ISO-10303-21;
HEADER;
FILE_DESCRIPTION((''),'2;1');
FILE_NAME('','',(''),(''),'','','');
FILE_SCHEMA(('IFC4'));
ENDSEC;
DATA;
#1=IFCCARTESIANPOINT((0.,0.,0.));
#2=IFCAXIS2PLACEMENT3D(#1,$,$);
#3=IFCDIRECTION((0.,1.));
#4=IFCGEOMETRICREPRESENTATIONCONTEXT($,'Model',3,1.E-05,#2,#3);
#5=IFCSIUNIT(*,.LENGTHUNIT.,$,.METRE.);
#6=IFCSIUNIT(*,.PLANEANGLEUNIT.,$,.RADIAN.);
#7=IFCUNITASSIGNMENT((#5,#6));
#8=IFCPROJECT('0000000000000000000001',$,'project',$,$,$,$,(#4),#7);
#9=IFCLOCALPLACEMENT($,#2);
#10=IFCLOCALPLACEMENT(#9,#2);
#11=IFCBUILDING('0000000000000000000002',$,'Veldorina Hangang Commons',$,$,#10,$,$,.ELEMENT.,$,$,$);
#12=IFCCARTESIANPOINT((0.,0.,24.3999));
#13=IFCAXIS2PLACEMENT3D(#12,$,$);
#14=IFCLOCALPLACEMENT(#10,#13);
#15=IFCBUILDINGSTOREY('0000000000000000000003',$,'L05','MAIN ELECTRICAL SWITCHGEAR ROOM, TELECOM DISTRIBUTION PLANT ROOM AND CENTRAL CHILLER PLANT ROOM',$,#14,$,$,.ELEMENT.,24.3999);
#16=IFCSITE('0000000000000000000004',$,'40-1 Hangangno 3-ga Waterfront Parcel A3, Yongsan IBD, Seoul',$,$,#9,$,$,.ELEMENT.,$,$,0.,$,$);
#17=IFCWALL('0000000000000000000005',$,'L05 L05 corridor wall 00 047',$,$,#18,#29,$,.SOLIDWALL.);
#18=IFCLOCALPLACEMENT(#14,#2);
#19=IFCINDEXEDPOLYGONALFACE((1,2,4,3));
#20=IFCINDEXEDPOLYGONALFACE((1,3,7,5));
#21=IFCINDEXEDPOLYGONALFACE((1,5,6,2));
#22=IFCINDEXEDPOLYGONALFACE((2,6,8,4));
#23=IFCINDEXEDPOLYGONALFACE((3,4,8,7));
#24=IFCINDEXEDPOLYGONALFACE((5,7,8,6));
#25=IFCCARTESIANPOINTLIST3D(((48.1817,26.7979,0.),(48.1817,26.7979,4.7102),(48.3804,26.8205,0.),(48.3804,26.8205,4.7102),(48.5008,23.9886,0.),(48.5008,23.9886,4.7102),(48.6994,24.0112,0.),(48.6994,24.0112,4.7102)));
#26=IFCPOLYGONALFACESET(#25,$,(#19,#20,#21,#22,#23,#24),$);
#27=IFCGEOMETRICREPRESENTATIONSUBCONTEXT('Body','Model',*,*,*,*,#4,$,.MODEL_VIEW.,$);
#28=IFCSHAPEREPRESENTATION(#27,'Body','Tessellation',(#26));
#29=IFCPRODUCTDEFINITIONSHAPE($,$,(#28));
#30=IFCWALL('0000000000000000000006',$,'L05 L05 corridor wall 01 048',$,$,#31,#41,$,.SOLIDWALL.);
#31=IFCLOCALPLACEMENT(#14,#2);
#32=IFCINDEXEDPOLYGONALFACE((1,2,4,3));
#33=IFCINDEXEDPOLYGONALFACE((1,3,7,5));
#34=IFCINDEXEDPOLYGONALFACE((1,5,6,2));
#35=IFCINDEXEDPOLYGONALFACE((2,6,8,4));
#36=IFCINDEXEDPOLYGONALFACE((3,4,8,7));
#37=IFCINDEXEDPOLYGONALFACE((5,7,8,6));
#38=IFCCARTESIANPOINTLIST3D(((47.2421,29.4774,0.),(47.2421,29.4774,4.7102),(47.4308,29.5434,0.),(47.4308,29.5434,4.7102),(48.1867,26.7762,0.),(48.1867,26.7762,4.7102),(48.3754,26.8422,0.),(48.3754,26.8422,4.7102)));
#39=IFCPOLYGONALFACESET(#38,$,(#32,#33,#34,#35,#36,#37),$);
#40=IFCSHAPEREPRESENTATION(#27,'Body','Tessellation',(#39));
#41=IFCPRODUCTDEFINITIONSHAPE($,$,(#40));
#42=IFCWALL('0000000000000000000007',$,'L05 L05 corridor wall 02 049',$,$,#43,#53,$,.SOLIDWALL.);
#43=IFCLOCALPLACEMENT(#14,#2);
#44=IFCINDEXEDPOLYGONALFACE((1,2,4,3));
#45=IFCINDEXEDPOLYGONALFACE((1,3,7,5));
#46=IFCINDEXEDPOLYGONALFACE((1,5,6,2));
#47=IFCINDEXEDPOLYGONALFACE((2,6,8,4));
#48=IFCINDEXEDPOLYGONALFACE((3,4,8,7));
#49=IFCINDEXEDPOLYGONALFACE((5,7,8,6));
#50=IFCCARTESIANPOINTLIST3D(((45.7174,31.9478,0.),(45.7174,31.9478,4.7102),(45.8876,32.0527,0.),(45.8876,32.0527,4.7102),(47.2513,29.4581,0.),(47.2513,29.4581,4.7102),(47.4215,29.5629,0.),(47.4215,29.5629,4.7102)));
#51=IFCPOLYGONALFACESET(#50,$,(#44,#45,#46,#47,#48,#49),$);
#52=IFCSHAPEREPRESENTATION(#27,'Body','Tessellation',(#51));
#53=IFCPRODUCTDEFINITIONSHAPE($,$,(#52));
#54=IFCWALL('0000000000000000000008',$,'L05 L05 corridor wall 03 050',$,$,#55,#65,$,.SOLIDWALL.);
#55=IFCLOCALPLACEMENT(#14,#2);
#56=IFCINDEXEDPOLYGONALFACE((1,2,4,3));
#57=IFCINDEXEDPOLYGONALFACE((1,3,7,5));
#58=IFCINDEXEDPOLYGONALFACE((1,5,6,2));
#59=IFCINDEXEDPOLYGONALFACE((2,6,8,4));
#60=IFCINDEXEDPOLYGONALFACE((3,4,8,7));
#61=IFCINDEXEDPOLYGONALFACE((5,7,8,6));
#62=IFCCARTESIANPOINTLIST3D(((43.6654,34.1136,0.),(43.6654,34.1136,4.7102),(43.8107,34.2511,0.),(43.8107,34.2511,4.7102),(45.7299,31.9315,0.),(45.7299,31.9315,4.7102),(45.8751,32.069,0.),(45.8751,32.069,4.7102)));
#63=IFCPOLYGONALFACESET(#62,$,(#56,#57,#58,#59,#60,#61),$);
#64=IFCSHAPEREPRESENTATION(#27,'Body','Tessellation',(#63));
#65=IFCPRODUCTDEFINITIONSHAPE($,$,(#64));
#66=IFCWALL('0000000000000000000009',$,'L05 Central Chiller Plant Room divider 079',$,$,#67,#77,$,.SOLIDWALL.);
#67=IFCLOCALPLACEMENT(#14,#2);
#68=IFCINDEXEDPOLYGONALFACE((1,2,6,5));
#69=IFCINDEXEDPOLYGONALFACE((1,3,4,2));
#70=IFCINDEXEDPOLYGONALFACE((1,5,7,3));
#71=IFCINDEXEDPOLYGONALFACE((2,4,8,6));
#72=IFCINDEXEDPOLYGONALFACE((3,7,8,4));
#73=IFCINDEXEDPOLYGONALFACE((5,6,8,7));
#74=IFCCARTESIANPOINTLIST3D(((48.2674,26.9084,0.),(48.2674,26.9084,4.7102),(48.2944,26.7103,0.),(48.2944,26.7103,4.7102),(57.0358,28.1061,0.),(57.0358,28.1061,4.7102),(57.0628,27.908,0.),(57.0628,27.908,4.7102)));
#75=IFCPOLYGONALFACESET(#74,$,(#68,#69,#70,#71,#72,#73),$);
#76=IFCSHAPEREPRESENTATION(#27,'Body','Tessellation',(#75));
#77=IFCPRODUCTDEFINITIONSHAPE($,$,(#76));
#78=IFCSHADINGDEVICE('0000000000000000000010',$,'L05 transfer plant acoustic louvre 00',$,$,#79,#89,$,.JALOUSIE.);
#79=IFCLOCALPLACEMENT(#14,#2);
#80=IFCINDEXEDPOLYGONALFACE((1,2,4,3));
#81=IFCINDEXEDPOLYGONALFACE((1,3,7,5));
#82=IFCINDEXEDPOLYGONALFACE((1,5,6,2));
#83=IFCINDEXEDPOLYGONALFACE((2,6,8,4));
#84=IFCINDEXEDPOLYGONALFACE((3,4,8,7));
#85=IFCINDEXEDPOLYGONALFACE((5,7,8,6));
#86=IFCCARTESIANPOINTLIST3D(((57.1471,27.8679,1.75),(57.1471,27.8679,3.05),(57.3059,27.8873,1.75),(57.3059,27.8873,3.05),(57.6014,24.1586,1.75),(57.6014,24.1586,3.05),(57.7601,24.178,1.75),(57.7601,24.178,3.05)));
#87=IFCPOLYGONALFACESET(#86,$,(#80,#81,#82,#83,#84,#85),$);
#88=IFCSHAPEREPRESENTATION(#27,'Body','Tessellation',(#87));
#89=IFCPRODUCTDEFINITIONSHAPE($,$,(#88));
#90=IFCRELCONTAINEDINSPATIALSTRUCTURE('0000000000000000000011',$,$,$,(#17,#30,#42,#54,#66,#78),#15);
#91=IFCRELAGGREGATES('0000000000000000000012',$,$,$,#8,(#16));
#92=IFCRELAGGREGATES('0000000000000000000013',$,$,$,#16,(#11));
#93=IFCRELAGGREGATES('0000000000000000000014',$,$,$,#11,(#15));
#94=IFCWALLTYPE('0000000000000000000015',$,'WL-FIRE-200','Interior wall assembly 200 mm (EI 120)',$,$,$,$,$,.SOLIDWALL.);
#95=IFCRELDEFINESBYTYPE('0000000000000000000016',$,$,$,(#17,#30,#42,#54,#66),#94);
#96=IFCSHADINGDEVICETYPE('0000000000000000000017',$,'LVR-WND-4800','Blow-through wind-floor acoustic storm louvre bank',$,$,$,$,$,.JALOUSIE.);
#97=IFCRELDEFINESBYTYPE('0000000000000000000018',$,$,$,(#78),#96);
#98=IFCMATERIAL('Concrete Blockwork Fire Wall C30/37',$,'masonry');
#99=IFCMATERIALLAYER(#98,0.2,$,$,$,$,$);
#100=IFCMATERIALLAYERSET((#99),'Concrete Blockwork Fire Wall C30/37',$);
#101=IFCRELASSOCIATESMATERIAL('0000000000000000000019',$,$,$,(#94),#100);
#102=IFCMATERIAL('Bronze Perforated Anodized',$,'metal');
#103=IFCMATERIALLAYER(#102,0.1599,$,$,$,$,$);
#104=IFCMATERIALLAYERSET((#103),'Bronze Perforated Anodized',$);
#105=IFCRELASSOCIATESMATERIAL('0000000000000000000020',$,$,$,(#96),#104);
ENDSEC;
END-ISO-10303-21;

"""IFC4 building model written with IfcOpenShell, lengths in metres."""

from ifc_helpers import new_model, si_unit, direction, frame, frame_2d, origin, origin_2d, place, context, subcontext, project, spatial, rectangle, extrude, material, layer, layer_set, type_object, element, save


model = new_model("IFC4")

# Units and contexts
model_context = context("Model", 3, precision=1e-05, world=origin(), true_north=direction((0.0, 1.0)))
body_context = subcontext(model_context, "Body", "Model", "MODEL_VIEW")
ifc_project = project(units=[si_unit("LENGTHUNIT", "METRE"), si_unit("PLANEANGLEUNIT", "RADIAN")], contexts=[model_context])

# Site, building, storey
site_placement = place(None, origin())
site = spatial("IfcSite", under=ifc_project, at=site_placement, Name="40-1 Hangangno 3-ga Waterfront Parcel A3, Yongsan IBD, Seoul", CompositionType="ELEMENT", RefElevation=0.0)
building_placement = place(site_placement, origin())
building = spatial("IfcBuilding", under=site, at=building_placement, Name="Veldorina Hangang Commons", CompositionType="ELEMENT")
storey_placement = place(building_placement, frame((0.0, 0.0, 24.3999)))
storey = spatial("IfcBuildingStorey", under=building, at=storey_placement, Name="L05", Description="MAIN ELECTRICAL SWITCHGEAR ROOM, TELECOM DISTRIBUTION PLANT ROOM AND CENTRAL CHILLER PLANT ROOM", CompositionType="ELEMENT", Elevation=24.3999)

# Shared definitions
ifc_material_1 = material(Name="Concrete Blockwork Fire Wall C30/37", Category="masonry")
ifc_layer_1 = layer(ifc_material_1, 0.2)
ifc_layer_set_1 = layer_set([ifc_layer_1], Name="Concrete Blockwork Fire Wall C30/37")
wall_type_1 = type_object("IfcWallType", Name="WL-FIRE-200", Description="Interior wall assembly 200 mm (EI 120)", PredefinedType="SOLIDWALL", material=ifc_layer_set_1)

# Walls
wall_1_placement = place(storey_placement, frame((48.6001, 24.0, 0.0), z_axis=(0.0, 0.0, 1.0), x_axis=(-0.112857, 0.993611, 0.0)))
element("IfcWall", 1, at=wall_1_placement, inside=storey, type_object=wall_type_1, Name="L05 L05 corridor wall 00 047", PredefinedType="SOLIDWALL", context=body_context, shape_type="SweptSolid", body=[
    extrude(rectangle(XDim=2.8274, YDim=0.2, at=frame_2d((1.4136, 0.0))), origin(), (0.0, 0.0, 1.0), 4.7102),
])
wall_2_placement = place(storey_placement, frame((48.281, 26.8093, 0.0), z_axis=(0.0, 0.0, 1.0), x_axis=(-0.330092, 0.943949, 0.0)))
element("IfcWall", 2, at=wall_2_placement, inside=storey, type_object=wall_type_1, Name="L05 L05 corridor wall 01 048", PredefinedType="SOLIDWALL", context=body_context, shape_type="SweptSolid", body=[
    extrude(rectangle(XDim=2.8616, YDim=0.2, at=frame_2d((1.4307, 0.0))), origin(), (0.0, 0.0, 1.0), 4.7102),
])
wall_3_placement = place(storey_placement, frame((47.3364, 29.5105, 0.0), z_axis=(0.0, 0.0, 1.0), x_axis=(-0.52454, 0.851386, 0.0)))
element("IfcWall", 3, at=wall_3_placement, inside=storey, type_object=wall_type_1, Name="L05 L05 corridor wall 02 049", PredefinedType="SOLIDWALL", context=body_context, shape_type="SweptSolid", body=[
    extrude(rectangle(XDim=2.9243, YDim=0.2, at=frame_2d((1.4622, 0.0))), origin(), (0.0, 0.0, 1.0), 4.7102),
])
wall_4_placement = place(storey_placement, frame((45.8025, 32.0002, 0.0), z_axis=(0.0, 0.0, 1.0), x_axis=(-0.687249, 0.726422, 0.0)))
element("IfcWall", 4, at=wall_4_placement, inside=storey, type_object=wall_type_1, Name="L05 L05 corridor wall 03 050", PredefinedType="SOLIDWALL", context=body_context, shape_type="SweptSolid", body=[
    extrude(rectangle(XDim=3.0039, YDim=0.2, at=frame_2d((1.502, 0.0))), origin(), (0.0, 0.0, 1.0), 4.7102),
])
wall_5_placement = place(storey_placement, frame((48.281, 26.8093, 0.0), z_axis=(0.0, 0.0, 1.0), x_axis=(0.990799, 0.135343, 0.0)))
element("IfcWall", 5, at=wall_5_placement, inside=storey, type_object=wall_type_1, Name="L05 Central Chiller Plant Room divider 079", PredefinedType="SOLIDWALL", context=body_context, shape_type="SweptSolid", body=[
    extrude(rectangle(XDim=8.8499, YDim=0.2, at=frame_2d((4.4248, 0.0))), origin(), (0.0, 0.0, 1.0), 4.7102),
])

# Shading device
ifc_material_2 = material(Name="Bronze Perforated Anodized", Category="metal")
ifc_layer_2 = layer(ifc_material_2, 0.1599)
ifc_layer_set_2 = layer_set([ifc_layer_2], Name="Bronze Perforated Anodized")
shading_device_type = type_object("IfcShadingDeviceType", Name="LVR-WND-4800", Description="Blow-through wind-floor acoustic storm louvre bank", PredefinedType="JALOUSIE", material=ifc_layer_set_2)
shading_device_placement = place(storey_placement, frame((57.4536, 26.0229, 1.75), z_axis=(0.0, 0.0, 1.0), x_axis=(-0.12154, 0.992587, 0.0)))
element("IfcShadingDevice", 6, at=shading_device_placement, inside=storey, type_object=shading_device_type, Name="L05 transfer plant acoustic louvre 00", PredefinedType="JALOUSIE", context=body_context, shape_type="SweptSolid", body=[
    extrude(rectangle(XDim=3.7371, YDim=0.1599, at=origin_2d()), origin(), (0.0, 0.0, 1.0), 1.3),
])

save(model, "model.ifc")
